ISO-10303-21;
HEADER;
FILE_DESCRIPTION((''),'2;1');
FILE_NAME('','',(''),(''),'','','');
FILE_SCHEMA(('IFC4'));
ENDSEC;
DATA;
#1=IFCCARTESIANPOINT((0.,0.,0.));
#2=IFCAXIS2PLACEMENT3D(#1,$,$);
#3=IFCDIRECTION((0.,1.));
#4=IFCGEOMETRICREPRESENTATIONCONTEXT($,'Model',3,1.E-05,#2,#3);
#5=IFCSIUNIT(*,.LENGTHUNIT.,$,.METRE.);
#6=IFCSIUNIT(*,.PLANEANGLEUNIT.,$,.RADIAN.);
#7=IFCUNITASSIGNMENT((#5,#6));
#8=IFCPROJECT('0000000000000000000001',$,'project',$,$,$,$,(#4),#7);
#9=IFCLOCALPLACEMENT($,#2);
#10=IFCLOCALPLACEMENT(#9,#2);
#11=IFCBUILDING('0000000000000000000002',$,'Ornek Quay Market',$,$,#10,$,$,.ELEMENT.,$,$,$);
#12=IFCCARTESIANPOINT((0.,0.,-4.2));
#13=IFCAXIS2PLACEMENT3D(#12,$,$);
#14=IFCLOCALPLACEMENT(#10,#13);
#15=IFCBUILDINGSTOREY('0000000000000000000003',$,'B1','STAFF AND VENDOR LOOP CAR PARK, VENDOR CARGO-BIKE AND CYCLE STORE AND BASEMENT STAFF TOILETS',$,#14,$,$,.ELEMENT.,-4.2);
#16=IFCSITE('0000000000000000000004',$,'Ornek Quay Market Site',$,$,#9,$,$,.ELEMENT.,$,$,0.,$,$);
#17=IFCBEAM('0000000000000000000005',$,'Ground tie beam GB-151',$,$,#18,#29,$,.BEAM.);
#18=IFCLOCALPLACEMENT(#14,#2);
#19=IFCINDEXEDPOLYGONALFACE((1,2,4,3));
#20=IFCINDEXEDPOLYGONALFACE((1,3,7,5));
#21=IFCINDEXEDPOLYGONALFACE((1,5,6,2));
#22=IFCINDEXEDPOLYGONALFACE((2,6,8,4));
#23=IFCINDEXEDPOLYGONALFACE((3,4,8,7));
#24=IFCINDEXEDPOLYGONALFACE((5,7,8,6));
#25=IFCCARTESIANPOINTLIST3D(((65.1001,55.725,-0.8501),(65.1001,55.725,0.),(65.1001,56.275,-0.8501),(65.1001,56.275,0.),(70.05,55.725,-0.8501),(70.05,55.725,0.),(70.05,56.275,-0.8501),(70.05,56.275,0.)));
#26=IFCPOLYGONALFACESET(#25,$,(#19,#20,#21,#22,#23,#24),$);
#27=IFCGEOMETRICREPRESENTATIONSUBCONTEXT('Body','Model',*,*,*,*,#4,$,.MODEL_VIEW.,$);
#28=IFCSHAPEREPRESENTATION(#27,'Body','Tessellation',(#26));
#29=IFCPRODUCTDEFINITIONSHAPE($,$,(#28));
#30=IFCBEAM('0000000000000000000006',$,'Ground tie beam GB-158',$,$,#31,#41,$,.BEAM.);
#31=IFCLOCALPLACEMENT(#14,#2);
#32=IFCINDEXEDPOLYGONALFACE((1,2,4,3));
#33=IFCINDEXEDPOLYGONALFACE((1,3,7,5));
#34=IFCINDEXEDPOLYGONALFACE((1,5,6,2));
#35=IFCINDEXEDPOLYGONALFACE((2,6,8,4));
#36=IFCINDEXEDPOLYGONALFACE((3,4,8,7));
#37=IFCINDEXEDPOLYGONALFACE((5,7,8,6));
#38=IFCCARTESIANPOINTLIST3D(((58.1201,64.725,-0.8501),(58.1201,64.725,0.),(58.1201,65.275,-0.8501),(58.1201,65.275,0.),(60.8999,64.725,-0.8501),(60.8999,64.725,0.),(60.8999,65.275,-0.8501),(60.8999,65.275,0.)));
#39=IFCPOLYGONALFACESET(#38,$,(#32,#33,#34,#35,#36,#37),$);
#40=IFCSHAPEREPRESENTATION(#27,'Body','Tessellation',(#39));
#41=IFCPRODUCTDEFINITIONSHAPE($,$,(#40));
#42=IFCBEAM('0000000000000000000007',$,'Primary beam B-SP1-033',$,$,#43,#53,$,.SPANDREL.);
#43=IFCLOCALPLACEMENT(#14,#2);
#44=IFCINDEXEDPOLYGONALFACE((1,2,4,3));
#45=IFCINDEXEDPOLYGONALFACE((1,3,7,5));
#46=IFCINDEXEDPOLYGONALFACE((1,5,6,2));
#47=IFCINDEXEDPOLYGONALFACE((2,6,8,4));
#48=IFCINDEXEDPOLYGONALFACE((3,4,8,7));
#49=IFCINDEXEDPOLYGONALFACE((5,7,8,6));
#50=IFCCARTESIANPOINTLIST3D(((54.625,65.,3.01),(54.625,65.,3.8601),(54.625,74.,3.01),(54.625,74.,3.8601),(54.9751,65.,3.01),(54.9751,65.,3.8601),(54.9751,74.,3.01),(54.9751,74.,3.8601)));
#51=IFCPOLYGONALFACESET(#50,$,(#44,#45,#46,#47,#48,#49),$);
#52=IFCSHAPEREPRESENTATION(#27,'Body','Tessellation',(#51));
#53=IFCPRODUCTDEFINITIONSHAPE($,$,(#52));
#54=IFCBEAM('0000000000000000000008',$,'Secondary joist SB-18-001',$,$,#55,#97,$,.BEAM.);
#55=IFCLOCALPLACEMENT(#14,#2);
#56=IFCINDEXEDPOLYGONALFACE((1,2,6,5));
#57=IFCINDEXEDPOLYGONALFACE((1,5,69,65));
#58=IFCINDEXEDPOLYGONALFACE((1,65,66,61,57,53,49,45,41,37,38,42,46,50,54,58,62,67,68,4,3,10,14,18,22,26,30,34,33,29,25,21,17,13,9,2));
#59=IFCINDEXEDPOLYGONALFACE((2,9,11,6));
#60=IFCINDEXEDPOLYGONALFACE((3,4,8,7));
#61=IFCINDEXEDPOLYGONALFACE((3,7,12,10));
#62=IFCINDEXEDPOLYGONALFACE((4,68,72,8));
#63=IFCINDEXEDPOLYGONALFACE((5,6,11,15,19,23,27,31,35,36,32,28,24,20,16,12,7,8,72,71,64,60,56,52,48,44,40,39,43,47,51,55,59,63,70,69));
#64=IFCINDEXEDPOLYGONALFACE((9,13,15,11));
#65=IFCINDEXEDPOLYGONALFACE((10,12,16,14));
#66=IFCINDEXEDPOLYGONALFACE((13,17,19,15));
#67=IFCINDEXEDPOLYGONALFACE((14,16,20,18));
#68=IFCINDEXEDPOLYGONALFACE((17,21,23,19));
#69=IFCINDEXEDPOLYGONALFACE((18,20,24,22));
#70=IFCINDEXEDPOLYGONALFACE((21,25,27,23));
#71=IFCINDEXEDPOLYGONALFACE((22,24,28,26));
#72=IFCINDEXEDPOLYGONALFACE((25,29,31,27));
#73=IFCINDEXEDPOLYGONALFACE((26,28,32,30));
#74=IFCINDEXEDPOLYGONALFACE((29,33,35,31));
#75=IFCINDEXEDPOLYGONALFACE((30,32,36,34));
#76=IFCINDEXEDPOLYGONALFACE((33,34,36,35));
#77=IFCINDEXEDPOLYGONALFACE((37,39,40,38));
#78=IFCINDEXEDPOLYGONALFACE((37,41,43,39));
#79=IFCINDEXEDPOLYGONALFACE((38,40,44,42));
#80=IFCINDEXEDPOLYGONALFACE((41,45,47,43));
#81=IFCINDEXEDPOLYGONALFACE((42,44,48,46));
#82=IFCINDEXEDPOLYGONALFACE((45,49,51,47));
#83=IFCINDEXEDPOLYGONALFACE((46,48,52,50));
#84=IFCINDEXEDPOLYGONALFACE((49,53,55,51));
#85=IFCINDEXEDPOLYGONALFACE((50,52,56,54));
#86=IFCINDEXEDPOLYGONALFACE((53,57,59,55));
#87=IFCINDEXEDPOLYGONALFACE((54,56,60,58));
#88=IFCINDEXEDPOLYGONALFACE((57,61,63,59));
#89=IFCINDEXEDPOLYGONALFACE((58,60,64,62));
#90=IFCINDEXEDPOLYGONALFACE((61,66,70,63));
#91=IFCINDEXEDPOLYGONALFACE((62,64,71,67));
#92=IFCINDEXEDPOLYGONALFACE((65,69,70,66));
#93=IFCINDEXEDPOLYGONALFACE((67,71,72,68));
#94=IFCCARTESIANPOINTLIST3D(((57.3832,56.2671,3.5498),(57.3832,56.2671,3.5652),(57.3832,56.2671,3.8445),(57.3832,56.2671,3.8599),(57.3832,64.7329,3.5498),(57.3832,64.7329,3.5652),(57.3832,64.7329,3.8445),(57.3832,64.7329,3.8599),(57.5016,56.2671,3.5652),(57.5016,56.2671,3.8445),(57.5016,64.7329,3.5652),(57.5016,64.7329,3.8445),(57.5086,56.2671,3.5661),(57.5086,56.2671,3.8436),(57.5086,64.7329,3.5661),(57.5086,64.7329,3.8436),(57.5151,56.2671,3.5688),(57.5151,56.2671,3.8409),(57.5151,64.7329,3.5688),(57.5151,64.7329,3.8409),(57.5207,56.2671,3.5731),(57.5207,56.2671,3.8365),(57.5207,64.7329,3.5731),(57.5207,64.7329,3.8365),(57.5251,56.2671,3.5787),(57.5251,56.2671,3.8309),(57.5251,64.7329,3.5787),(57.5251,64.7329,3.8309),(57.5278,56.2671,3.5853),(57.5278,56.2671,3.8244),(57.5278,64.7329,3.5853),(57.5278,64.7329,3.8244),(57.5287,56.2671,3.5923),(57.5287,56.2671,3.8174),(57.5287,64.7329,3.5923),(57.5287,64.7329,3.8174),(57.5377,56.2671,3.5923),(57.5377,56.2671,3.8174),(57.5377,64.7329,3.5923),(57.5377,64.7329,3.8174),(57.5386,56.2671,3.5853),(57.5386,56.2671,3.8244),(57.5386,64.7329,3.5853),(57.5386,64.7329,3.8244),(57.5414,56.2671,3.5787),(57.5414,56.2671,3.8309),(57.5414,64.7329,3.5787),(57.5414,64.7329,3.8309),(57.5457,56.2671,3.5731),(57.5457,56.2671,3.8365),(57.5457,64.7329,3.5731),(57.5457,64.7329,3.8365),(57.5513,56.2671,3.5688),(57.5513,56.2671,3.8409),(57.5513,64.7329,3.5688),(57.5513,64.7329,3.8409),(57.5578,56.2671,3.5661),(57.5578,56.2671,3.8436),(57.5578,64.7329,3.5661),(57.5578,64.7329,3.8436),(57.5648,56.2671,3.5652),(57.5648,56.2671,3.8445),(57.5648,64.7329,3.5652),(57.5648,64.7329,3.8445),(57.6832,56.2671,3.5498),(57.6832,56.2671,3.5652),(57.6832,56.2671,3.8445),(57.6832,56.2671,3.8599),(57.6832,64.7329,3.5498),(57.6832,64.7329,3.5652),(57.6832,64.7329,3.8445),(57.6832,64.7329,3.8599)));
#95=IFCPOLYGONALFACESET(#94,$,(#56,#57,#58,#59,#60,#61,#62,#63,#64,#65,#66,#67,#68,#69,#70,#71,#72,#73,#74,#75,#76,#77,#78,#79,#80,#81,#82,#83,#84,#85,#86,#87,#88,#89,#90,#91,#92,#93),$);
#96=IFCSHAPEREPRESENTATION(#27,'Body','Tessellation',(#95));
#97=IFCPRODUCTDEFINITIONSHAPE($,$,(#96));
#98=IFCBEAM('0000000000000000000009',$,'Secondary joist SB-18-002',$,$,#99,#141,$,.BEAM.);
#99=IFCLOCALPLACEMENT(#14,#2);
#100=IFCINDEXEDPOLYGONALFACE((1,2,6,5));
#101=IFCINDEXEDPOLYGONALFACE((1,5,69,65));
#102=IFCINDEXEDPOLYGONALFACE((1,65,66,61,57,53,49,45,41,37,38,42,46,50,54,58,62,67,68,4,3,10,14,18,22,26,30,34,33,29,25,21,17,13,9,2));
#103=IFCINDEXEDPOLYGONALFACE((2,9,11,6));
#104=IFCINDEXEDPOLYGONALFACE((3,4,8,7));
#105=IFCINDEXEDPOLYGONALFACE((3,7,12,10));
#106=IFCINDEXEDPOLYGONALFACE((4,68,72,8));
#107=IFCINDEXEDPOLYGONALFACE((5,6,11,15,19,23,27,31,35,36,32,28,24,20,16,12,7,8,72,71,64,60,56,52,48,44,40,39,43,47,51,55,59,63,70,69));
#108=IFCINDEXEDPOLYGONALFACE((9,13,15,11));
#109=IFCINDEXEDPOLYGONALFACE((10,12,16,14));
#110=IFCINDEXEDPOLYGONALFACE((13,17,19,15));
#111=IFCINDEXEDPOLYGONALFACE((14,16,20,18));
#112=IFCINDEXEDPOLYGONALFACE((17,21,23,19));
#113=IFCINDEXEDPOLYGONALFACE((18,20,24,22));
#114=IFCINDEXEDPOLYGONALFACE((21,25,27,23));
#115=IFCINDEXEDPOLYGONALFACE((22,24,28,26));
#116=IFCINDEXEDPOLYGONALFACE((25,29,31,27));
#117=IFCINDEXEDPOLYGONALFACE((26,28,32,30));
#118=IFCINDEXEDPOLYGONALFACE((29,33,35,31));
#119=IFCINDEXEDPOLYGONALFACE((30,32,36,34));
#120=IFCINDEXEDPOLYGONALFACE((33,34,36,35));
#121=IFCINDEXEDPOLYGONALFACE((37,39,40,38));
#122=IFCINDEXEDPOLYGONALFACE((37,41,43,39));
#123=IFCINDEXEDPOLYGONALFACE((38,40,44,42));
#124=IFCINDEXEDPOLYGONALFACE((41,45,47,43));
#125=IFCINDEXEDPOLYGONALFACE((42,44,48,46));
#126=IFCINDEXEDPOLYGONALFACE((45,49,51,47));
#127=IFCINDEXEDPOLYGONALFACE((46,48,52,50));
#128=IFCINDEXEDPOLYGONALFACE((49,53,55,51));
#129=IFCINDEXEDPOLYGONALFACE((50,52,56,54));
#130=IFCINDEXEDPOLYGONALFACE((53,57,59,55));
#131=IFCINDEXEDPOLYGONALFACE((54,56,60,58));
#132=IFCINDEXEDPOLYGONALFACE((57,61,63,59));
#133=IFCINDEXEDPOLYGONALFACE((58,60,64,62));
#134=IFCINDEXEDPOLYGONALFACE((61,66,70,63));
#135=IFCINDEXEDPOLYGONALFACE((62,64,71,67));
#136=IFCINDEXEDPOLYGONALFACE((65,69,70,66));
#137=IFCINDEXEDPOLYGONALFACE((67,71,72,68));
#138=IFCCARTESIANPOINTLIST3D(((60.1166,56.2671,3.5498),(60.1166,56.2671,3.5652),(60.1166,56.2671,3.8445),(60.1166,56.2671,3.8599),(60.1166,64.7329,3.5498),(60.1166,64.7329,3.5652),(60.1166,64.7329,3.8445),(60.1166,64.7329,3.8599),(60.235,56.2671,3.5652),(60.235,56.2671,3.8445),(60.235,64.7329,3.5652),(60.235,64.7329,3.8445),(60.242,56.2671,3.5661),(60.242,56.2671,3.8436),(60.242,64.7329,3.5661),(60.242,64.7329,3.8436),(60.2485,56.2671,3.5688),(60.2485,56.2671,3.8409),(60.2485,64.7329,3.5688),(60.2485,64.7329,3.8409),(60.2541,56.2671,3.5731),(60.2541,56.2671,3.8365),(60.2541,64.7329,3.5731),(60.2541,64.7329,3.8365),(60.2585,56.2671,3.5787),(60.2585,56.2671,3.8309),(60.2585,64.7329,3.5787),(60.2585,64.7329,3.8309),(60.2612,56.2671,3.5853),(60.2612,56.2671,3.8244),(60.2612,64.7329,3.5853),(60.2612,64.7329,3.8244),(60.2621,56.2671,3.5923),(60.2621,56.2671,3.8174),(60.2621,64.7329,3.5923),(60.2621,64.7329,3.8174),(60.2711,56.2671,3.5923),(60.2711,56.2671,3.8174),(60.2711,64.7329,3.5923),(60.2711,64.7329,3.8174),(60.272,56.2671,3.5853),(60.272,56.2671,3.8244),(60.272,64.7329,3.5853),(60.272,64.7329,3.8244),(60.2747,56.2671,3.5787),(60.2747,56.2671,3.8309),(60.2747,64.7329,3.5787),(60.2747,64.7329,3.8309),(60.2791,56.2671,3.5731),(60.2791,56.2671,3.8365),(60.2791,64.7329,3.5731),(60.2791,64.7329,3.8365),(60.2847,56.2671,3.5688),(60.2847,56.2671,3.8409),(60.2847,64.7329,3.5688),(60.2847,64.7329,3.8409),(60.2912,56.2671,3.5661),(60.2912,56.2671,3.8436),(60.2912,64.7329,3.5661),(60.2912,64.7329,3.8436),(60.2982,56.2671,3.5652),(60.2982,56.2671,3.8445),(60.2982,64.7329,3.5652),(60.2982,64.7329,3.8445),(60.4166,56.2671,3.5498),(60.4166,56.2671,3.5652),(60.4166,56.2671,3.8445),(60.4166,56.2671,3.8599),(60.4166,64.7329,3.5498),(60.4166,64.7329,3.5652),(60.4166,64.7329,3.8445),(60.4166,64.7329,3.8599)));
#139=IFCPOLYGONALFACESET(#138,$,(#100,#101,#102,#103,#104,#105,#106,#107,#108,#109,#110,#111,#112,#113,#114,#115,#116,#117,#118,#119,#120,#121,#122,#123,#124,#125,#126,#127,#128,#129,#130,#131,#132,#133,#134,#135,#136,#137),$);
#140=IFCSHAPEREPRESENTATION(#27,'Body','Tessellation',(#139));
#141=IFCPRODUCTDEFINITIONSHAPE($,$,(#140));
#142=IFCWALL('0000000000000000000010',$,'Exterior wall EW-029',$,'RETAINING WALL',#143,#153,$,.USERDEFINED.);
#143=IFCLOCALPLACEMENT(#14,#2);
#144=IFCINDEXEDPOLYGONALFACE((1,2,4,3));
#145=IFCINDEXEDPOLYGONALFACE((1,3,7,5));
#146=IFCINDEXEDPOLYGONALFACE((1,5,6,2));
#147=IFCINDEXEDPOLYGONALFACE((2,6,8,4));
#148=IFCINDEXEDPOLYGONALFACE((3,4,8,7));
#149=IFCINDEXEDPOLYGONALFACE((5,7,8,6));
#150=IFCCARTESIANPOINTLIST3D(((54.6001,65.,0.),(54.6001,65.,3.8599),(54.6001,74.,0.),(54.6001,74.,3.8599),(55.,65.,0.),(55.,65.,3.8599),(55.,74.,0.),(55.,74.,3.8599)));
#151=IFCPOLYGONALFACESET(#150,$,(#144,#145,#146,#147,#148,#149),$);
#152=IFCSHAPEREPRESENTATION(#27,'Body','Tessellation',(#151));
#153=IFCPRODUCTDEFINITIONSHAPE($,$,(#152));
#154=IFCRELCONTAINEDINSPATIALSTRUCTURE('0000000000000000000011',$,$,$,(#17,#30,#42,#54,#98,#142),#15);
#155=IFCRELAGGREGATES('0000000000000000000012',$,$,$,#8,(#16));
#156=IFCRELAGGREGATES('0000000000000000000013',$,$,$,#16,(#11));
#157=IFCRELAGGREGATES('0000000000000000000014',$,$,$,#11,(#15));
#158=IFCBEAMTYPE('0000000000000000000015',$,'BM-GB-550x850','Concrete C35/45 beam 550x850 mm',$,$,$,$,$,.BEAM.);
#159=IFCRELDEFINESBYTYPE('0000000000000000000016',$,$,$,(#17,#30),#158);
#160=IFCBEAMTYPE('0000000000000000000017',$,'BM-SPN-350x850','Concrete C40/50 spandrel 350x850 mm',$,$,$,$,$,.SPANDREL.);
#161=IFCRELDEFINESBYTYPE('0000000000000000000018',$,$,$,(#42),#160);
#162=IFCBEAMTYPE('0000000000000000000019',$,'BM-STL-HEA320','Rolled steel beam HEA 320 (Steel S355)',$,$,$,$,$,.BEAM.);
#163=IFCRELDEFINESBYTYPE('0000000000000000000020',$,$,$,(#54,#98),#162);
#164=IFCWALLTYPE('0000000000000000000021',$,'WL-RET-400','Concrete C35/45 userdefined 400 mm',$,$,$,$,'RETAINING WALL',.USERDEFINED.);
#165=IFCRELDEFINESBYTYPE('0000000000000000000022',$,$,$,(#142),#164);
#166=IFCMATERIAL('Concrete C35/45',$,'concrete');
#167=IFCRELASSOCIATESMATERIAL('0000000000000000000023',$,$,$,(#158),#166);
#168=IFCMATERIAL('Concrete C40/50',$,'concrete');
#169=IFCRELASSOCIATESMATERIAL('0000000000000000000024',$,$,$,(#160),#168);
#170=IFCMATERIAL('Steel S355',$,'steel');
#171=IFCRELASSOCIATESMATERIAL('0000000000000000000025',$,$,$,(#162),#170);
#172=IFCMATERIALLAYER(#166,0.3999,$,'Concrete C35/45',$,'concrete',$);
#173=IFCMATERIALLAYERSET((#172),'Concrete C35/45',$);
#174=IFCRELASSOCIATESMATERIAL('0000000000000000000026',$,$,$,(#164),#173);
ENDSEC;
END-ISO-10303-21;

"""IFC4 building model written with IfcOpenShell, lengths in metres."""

from ifc_helpers import new_model, si_unit, direction, frame, frame_2d, origin, origin_2d, place, context, subcontext, project, spatial, rectangle, i_section, extrude, material, layer, layer_set, material_profile, profile_set, type_object, element, save


model = new_model("IFC4")

# Units and contexts
model_context = context("Model", 3, precision=1e-05, world=origin(), true_north=direction((0.0, 1.0)))
body_context = subcontext(model_context, "Body", "Model", "MODEL_VIEW")
ifc_project = project(units=[si_unit("LENGTHUNIT", "METRE"), si_unit("PLANEANGLEUNIT", "RADIAN")], contexts=[model_context])

# Site, building, storey
site_placement = place(None, origin())
site = spatial("IfcSite", under=ifc_project, at=site_placement, Name="Ornek Quay Market Site", CompositionType="ELEMENT", RefElevation=0.0)
building_placement = place(site_placement, origin())
building = spatial("IfcBuilding", under=site, at=building_placement, Name="Ornek Quay Market", CompositionType="ELEMENT")
storey_placement = place(building_placement, frame((0.0, 0.0, -4.2)))
storey = spatial("IfcBuildingStorey", under=building, at=storey_placement, Name="B1", Description="STAFF AND VENDOR LOOP CAR PARK, VENDOR CARGO-BIKE AND CYCLE STORE AND BASEMENT STAFF TOILETS", CompositionType="ELEMENT", Elevation=-4.2)

# Shared definitions
ifc_material_1 = material(Name="Concrete C35/45", Category="concrete")

# Shared definitions
ifc_material_2 = material(Name="Concrete C40/50", Category="concrete")

# Beams
ifc_material_profile_1 = material_profile(ifc_material_1, rectangle(XDim=0.55, YDim=0.8501, at=origin_2d()), Name="RC 550x850", Category="concrete")
ifc_profile_set_1 = profile_set([ifc_material_profile_1], Name="Concrete C35/45")
beam_type_1 = type_object("IfcBeamType", Name="BM-GB-550x850", Description="Concrete C35/45 beam 550x850 mm", PredefinedType="BEAM", material=ifc_profile_set_1)
beam_1_placement = place(storey_placement, frame((65.1001, 56.0, -0.425), z_axis=(1.0, 0.0, 0.0), x_axis=(0.0, 1.0, 0.0)))
element("IfcBeam", 1, at=beam_1_placement, inside=storey, type_object=beam_type_1, Name="Ground tie beam GB-151", PredefinedType="BEAM", context=body_context, shape_type="SweptSolid", body=[
    extrude(rectangle(XDim=0.55, YDim=0.8501, at=origin_2d()), origin(), (0.0, 0.0, 1.0), 4.95),
])
beam_2_placement = place(storey_placement, frame((58.1201, 65.0, -0.425), z_axis=(1.0, 0.0, 0.0), x_axis=(0.0, 1.0, 0.0)))
element("IfcBeam", 2, at=beam_2_placement, inside=storey, type_object=beam_type_1, Name="Ground tie beam GB-158", PredefinedType="BEAM", context=body_context, shape_type="SweptSolid", body=[
    extrude(rectangle(XDim=0.55, YDim=0.8501, at=origin_2d()), origin(), (0.0, 0.0, 1.0), 2.7798),
])
ifc_material_profile_2 = material_profile(ifc_material_2, rectangle(XDim=0.3501, YDim=0.8501, at=origin_2d()), Name="RC 350x850", Category="concrete")
ifc_profile_set_2 = profile_set([ifc_material_profile_2], Name="Concrete C40/50")
beam_type_2 = type_object("IfcBeamType", Name="BM-SPN-350x850", Description="Concrete C40/50 spandrel 350x850 mm", PredefinedType="SPANDREL", material=ifc_profile_set_2)
beam_3_placement = place(storey_placement, frame((54.8, 65.0, 3.4351), z_axis=(0.0, 1.0, 0.0), x_axis=(-1.0, 0.0, 0.0)))
element("IfcBeam", 3, at=beam_3_placement, inside=storey, type_object=beam_type_2, Name="Primary beam B-SP1-033", PredefinedType="SPANDREL", context=body_context, shape_type="SweptSolid", body=[
    extrude(rectangle(XDim=0.3501, YDim=0.8501, at=origin_2d()), origin(), (0.0, 0.0, 1.0), 9.0),
])
ifc_material_3 = material(Name="Steel S355", Category="steel")
ifc_material_profile_3 = material_profile(ifc_material_3, i_section(OverallWidth=0.3, OverallDepth=0.3101, WebThickness=0.009, FlangeThickness=0.0154, FilletRadius=0.0271, at=origin_2d()), Name="HEA 320", Category="steel")
ifc_profile_set_3 = profile_set([ifc_material_profile_3], Name="Steel S355")
beam_type_3 = type_object("IfcBeamType", Name="BM-STL-HEA320", Description="Rolled steel beam HEA 320 (Steel S355)", PredefinedType="BEAM", material=ifc_profile_set_3)
for number, where, z_axis, x_axis, name in (
    (4, (57.5332, 56.2671, 3.7048), (0.0, 1.0, 0.0), (-1.0, 0.0, 0.0), "Secondary joist SB-18-001"),
    (5, (60.2666, 56.2671, 3.7048), (0.0, 1.0, 0.0), (-1.0, 0.0, 0.0), "Secondary joist SB-18-002"),
):
    element("IfcBeam", number, at=place(storey_placement, frame(where, z_axis=z_axis, x_axis=x_axis)), inside=storey, type_object=beam_type_3, Name=name, PredefinedType="BEAM", context=body_context, shape_type="SweptSolid", body=[
        extrude(i_section(OverallWidth=0.3, OverallDepth=0.3101, WebThickness=0.009, FlangeThickness=0.0154, FilletRadius=0.0271, at=origin_2d()), origin(), (0.0, 0.0, 1.0), 8.4658),
    ])

# Wall
ifc_layer = layer(ifc_material_1, 0.3999, Name="Concrete C35/45", Category="concrete")
ifc_layer_set = layer_set([ifc_layer], Name="Concrete C35/45")
wall_type = type_object("IfcWallType", Name="WL-RET-400", Description="Concrete C35/45 userdefined 400 mm", ElementType="RETAINING WALL", PredefinedType="USERDEFINED", material=ifc_layer_set)
wall_placement = place(storey_placement, frame((54.8, 65.0, 0.0), z_axis=(0.0, 0.0, 1.0), x_axis=(0.0, 1.0, 0.0)))
element("IfcWall", 6, at=wall_placement, inside=storey, type_object=wall_type, Name="Exterior wall EW-029", ObjectType="RETAINING WALL", PredefinedType="USERDEFINED", context=body_context, shape_type="SweptSolid", body=[
    extrude(rectangle(XDim=9.0, YDim=0.3999, at=frame_2d((4.5, 0.0))), origin(), (0.0, 0.0, 1.0), 3.8599),
])

save(model, "model.ifc")
